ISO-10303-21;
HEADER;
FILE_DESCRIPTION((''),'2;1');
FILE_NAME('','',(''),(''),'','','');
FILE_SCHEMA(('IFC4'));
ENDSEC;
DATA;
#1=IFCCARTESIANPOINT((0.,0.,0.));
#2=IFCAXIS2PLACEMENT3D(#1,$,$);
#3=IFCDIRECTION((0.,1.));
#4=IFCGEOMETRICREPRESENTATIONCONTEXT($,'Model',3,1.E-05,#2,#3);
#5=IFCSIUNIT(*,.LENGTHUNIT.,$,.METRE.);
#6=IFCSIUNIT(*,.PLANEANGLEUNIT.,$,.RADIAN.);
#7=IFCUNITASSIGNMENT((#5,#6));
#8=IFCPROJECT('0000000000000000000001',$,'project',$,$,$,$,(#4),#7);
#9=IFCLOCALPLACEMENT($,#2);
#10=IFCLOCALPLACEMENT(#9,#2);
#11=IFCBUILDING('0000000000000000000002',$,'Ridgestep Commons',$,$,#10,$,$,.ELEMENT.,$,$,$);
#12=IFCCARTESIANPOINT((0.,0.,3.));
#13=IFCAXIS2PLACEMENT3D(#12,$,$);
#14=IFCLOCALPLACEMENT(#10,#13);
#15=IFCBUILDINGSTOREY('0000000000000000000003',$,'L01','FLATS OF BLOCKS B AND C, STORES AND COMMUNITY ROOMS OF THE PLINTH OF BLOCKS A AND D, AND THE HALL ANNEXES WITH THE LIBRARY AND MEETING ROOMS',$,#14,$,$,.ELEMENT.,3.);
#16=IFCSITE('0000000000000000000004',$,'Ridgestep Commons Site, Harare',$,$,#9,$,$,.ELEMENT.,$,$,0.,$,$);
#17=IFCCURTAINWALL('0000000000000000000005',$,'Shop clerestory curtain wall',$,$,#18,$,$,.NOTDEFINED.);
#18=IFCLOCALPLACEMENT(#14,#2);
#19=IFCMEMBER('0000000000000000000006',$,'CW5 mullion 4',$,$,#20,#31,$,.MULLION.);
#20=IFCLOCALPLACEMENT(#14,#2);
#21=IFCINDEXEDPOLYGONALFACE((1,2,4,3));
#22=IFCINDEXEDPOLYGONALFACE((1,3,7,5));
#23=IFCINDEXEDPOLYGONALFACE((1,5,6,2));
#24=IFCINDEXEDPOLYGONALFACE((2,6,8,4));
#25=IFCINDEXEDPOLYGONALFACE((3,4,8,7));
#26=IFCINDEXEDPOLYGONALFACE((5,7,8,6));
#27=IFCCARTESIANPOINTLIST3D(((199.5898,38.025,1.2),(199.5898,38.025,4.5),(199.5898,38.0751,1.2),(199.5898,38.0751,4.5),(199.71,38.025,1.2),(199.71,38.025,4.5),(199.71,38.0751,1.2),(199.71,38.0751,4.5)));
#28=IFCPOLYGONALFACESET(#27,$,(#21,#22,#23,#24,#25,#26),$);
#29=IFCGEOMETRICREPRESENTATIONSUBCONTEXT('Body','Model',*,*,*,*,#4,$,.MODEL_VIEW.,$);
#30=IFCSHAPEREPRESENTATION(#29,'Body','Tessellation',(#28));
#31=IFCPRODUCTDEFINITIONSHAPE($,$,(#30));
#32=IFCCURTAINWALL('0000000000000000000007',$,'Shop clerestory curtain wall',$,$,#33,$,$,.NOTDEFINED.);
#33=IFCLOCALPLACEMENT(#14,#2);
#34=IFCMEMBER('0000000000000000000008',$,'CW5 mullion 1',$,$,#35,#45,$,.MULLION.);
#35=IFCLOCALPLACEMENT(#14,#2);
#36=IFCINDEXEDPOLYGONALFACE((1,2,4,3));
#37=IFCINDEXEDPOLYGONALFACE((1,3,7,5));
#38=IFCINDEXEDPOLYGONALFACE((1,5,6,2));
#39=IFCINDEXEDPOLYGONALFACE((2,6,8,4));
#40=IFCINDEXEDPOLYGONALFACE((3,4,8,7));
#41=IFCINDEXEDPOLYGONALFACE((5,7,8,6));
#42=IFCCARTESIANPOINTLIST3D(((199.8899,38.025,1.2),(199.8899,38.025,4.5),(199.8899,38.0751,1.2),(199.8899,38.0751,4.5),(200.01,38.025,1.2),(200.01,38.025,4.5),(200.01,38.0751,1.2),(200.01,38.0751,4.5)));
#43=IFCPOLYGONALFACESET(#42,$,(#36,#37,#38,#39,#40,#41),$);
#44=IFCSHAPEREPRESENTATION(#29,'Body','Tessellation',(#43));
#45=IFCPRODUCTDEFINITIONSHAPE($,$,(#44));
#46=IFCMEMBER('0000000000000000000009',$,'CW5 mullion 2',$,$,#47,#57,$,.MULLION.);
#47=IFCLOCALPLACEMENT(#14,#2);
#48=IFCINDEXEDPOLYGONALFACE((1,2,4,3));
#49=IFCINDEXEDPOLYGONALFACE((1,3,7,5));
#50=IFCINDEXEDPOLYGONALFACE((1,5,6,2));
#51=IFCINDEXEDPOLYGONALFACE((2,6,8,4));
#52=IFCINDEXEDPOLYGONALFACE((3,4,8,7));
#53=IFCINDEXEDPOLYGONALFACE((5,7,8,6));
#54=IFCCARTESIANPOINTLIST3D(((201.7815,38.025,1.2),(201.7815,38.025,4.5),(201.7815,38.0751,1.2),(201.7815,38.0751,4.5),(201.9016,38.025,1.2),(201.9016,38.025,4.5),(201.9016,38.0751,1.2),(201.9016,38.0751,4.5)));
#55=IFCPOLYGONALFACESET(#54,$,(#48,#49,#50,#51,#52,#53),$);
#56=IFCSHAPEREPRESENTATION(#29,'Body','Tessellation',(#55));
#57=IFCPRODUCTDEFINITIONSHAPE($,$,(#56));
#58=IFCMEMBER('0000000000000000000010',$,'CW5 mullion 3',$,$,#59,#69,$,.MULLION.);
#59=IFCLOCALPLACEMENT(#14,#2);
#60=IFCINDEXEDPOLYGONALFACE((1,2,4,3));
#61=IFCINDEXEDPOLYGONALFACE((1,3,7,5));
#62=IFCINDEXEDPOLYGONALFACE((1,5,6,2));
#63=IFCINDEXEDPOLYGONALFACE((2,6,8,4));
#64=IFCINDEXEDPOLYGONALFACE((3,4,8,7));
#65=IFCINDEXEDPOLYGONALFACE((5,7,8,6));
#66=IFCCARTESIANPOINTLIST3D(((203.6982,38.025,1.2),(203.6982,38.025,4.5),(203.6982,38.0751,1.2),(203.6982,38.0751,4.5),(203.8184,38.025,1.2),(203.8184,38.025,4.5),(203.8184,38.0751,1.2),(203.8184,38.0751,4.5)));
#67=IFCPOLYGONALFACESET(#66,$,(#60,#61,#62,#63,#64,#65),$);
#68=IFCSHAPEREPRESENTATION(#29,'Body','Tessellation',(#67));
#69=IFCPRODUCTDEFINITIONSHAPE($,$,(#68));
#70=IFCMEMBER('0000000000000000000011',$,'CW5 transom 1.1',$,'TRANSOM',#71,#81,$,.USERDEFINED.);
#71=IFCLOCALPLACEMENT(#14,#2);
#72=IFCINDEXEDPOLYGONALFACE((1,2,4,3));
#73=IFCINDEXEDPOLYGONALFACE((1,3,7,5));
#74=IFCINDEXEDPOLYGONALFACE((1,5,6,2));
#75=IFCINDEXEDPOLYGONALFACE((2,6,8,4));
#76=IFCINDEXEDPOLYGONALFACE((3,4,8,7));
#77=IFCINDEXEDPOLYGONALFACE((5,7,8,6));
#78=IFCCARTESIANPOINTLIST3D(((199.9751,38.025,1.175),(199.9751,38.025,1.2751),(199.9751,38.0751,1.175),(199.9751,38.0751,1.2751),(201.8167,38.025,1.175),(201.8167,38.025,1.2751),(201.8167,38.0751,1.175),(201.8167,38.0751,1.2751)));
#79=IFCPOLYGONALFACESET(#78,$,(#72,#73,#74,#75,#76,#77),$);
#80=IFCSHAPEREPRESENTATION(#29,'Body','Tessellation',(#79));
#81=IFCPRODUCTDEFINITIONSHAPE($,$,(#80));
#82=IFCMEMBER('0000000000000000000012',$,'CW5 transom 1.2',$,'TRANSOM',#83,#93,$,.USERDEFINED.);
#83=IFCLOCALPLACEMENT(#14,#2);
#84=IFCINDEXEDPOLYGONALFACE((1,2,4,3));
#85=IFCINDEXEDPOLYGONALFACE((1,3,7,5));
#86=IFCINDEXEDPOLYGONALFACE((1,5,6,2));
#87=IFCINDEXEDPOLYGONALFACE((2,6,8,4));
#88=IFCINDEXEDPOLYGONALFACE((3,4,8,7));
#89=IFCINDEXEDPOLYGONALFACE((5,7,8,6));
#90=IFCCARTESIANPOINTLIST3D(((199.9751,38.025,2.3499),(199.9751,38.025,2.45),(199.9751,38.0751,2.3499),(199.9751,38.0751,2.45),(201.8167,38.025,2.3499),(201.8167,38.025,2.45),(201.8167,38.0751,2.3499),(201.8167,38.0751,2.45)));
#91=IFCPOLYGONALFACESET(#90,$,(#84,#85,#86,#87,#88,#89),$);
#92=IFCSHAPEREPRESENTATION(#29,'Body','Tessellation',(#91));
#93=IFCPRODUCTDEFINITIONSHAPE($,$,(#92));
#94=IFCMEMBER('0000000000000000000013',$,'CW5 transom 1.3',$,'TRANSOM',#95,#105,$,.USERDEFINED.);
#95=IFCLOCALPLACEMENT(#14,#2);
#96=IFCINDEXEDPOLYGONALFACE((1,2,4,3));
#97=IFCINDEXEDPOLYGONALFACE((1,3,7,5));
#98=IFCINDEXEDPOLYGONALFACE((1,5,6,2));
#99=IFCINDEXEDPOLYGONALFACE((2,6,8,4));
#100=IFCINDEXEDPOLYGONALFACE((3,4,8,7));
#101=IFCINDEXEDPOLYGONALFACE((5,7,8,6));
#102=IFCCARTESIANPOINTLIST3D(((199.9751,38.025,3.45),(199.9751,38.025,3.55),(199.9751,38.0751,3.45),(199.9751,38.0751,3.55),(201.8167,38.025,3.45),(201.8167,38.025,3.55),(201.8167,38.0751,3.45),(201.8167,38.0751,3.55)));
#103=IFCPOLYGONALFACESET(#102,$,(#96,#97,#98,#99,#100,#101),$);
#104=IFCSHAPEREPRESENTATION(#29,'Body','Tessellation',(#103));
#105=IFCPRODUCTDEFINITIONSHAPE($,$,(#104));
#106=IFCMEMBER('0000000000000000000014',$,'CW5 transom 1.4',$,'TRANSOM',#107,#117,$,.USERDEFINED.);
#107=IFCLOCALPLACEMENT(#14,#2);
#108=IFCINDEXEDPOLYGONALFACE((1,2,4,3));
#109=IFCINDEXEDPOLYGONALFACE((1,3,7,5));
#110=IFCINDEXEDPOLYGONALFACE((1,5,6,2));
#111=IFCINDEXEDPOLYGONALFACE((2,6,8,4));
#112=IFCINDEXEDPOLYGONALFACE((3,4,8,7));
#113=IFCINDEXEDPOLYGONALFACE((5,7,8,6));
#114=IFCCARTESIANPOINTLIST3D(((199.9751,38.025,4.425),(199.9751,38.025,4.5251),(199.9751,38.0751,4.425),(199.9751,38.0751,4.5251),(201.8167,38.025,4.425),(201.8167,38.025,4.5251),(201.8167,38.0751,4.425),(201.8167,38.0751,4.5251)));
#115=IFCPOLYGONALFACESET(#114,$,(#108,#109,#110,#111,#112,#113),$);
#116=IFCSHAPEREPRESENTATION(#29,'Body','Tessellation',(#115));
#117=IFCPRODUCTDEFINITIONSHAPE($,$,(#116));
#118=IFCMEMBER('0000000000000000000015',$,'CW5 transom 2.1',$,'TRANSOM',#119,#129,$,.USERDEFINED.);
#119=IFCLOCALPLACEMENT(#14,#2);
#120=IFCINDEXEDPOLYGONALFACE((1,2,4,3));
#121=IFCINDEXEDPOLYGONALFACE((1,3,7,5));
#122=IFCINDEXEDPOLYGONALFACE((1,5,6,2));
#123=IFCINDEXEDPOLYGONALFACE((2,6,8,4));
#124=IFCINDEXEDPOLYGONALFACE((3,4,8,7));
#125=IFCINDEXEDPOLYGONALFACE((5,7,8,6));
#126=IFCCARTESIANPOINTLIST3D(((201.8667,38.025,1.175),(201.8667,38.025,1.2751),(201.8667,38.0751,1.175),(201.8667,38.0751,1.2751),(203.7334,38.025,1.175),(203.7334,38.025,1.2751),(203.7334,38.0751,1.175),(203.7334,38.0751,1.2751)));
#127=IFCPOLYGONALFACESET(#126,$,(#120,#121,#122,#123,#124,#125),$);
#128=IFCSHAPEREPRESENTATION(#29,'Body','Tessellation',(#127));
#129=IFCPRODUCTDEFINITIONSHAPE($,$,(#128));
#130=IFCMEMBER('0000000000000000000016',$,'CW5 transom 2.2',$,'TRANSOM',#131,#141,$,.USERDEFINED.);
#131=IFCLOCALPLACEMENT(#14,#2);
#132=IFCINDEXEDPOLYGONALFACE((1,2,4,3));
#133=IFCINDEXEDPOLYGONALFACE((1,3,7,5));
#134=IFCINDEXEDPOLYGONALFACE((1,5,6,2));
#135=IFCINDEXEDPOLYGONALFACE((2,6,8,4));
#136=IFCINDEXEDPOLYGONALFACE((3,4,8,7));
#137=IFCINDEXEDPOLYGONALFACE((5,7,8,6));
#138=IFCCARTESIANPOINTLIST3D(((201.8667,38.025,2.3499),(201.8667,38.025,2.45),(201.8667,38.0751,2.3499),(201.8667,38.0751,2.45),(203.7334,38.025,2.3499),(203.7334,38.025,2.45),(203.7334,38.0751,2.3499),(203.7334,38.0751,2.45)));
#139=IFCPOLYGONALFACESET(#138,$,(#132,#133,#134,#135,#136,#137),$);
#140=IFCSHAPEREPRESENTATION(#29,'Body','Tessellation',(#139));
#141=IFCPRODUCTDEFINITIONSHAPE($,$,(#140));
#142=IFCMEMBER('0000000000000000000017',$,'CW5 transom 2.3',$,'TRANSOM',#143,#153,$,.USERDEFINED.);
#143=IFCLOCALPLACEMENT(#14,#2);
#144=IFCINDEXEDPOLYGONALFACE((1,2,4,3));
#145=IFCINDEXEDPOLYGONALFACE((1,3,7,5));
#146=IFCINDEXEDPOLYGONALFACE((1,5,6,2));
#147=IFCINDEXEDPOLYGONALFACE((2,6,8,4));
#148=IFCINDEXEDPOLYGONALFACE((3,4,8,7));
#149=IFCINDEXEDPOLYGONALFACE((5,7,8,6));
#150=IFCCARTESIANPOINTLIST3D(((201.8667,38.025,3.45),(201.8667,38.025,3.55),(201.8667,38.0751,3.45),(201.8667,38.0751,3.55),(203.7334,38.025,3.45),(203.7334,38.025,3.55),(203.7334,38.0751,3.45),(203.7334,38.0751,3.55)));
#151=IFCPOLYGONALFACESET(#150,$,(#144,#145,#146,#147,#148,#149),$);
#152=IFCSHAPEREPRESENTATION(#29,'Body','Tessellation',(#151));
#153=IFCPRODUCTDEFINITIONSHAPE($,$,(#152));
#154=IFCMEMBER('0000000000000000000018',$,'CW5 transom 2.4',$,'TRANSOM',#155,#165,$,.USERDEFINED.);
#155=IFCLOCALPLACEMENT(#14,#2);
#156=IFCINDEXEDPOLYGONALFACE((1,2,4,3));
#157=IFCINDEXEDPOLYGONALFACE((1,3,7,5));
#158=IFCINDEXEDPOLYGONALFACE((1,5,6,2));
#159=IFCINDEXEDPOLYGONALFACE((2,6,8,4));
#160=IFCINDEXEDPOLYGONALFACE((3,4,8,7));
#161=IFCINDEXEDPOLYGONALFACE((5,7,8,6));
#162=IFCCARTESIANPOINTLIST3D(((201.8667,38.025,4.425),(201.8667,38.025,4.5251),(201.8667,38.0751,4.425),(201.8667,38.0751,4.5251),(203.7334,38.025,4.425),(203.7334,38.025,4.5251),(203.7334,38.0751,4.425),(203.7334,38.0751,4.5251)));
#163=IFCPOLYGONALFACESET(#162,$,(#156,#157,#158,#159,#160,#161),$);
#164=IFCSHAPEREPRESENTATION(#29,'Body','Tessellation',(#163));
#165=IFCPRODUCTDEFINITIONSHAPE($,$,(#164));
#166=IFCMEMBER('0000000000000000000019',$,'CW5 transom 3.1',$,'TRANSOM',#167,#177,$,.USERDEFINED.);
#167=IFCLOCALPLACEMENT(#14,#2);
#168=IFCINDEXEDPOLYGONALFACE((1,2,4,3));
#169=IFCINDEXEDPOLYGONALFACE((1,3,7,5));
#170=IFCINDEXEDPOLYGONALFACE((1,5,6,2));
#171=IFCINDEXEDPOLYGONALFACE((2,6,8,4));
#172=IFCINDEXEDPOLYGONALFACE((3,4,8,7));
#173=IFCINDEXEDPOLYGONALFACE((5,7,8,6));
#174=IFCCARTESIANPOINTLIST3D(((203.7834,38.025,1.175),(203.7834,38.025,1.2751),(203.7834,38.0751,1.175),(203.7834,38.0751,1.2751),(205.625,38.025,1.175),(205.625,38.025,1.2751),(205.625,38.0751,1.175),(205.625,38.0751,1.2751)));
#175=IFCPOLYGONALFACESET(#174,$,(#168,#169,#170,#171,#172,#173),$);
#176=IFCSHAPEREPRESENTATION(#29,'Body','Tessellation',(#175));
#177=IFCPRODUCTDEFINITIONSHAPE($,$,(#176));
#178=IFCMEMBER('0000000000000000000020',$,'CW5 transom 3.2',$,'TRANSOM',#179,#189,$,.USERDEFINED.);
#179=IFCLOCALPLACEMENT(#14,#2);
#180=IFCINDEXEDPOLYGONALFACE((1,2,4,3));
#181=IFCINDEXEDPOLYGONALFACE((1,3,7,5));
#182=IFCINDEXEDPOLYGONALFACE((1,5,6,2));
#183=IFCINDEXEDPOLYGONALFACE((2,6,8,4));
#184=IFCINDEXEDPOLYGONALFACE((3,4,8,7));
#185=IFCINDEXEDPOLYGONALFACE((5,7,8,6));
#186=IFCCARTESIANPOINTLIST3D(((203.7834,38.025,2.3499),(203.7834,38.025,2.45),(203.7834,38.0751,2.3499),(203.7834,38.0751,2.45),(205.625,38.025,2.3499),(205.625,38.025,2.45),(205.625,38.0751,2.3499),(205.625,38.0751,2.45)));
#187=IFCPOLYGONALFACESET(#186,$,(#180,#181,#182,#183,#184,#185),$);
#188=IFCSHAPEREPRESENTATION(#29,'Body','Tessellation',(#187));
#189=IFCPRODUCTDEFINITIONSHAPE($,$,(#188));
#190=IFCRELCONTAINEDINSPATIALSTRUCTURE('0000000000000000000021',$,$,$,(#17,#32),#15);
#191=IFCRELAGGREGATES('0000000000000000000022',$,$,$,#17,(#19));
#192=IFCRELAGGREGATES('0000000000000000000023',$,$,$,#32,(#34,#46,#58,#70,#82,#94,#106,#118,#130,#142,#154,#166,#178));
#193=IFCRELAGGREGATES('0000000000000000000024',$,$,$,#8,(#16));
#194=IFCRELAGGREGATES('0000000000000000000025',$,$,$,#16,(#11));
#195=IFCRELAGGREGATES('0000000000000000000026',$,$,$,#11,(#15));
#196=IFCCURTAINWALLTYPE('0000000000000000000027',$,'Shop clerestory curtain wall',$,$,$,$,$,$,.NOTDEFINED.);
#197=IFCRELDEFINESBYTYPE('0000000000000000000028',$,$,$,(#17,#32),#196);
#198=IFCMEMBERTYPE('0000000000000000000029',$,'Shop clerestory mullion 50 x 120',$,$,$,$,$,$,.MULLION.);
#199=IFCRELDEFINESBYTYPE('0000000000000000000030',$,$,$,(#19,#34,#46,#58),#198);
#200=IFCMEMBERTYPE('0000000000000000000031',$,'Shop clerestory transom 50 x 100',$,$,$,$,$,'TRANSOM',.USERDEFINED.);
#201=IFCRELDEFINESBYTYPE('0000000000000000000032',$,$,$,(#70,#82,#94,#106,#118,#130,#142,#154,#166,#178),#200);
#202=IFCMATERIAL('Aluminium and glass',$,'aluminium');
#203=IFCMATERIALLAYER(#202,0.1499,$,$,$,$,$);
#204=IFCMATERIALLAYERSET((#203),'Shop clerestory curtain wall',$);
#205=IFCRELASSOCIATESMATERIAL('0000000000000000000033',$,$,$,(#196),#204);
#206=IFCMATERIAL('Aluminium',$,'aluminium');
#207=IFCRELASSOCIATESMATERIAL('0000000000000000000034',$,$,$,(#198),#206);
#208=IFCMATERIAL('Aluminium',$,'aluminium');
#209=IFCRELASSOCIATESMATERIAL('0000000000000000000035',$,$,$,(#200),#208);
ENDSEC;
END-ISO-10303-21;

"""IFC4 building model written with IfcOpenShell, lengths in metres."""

from ifc_helpers import new_model, si_unit, direction, frame, origin, origin_2d, place, context, subcontext, project, spatial, rectangle, extrude, material, layer, layer_set, material_profile, profile_set, type_object, element, aggregate, save


model = new_model("IFC4")

# Units and contexts
model_context = context("Model", 3, precision=1e-05, world=origin(), true_north=direction((0.0, 1.0)))
body_context = subcontext(model_context, "Body", "Model", "MODEL_VIEW")
ifc_project = project(units=[si_unit("LENGTHUNIT", "METRE"), si_unit("PLANEANGLEUNIT", "RADIAN")], contexts=[model_context])

# Site, building, storey
site_placement = place(None, origin())
site = spatial("IfcSite", under=ifc_project, at=site_placement, Name="Ridgestep Commons Site, Harare", CompositionType="ELEMENT", RefElevation=0.0)
building_placement = place(site_placement, origin())
building = spatial("IfcBuilding", under=site, at=building_placement, Name="Ridgestep Commons", CompositionType="ELEMENT")
storey_placement = place(building_placement, frame((0.0, 0.0, 3.0)))
storey = spatial("IfcBuildingStorey", under=building, at=storey_placement, Name="L01", Description="FLATS OF BLOCKS B AND C, STORES AND COMMUNITY ROOMS OF THE PLINTH OF BLOCKS A AND D, AND THE HALL ANNEXES WITH THE LIBRARY AND MEETING ROOMS", CompositionType="ELEMENT", Elevation=3.0)

# Curtain wall, member
ifc_material_1 = material(Name="Aluminium and glass", Category="aluminium")
ifc_layer_1 = layer(ifc_material_1, 0.1499)
ifc_layer_set_1 = layer_set([ifc_layer_1], Name="Shop clerestory curtain wall")
curtain_wall_type = type_object("IfcCurtainWallType", Name="Shop clerestory curtain wall", PredefinedType="NOTDEFINED", material=ifc_layer_set_1)
curtain_wall_1_placement = place(storey_placement, origin())
curtain_wall_1 = element("IfcCurtainWall", 1, at=curtain_wall_1_placement, inside=storey, type_object=curtain_wall_type, Name="Shop clerestory curtain wall", PredefinedType="NOTDEFINED")
ifc_material_2 = material(Name="Aluminium", Category="aluminium")
ifc_material_profile_1 = material_profile(ifc_material_2, rectangle(XDim=0.05, YDim=0.1201, at=origin_2d()), Name="Shop clerestory mullion 50 x 120")
ifc_profile_set_1 = profile_set([ifc_material_profile_1], Name="Aluminium")
member_type_1 = type_object("IfcMemberType", Name="Shop clerestory mullion 50 x 120", PredefinedType="MULLION", material=ifc_profile_set_1)
member_1_placement = place(storey_placement, frame((199.6499, 38.05, 1.2), z_axis=(0.0, 0.0, 1.0), x_axis=(0.0, 1.0, 0.0)))
member_1 = element("IfcMember", 2, at=member_1_placement, type_object=member_type_1, Name="CW5 mullion 4", PredefinedType="MULLION", context=body_context, shape_type="SweptSolid", body=[
    extrude(rectangle(XDim=0.05, YDim=0.1201, at=origin_2d()), origin(), (0.0, 0.0, 1.0), 3.3),
])

# Curtain wall, members
curtain_wall_2_placement = place(storey_placement, origin())
curtain_wall_2 = element("IfcCurtainWall", 3, at=curtain_wall_2_placement, inside=storey, type_object=curtain_wall_type, Name="Shop clerestory curtain wall", PredefinedType="NOTDEFINED")
member_2_placement = place(storey_placement, frame((199.95, 38.05, 1.2), z_axis=(0.0, 0.0, 1.0), x_axis=(0.0, 1.0, 0.0)))
member_2 = element("IfcMember", 4, at=member_2_placement, type_object=member_type_1, Name="CW5 mullion 1", PredefinedType="MULLION", context=body_context, shape_type="SweptSolid", body=[
    extrude(rectangle(XDim=0.05, YDim=0.1201, at=origin_2d()), origin(), (0.0, 0.0, 1.0), 3.3),
])
member_3_placement = place(storey_placement, frame((201.8416, 38.05, 1.2), z_axis=(0.0, 0.0, 1.0), x_axis=(0.0, 1.0, 0.0)))
member_3 = element("IfcMember", 5, at=member_3_placement, type_object=member_type_1, Name="CW5 mullion 2", PredefinedType="MULLION", context=body_context, shape_type="SweptSolid", body=[
    extrude(rectangle(XDim=0.05, YDim=0.1201, at=origin_2d()), origin(), (0.0, 0.0, 1.0), 3.3),
])
member_4_placement = place(storey_placement, frame((203.7583, 38.05, 1.2), z_axis=(0.0, 0.0, 1.0), x_axis=(0.0, 1.0, 0.0)))
member_4 = element("IfcMember", 6, at=member_4_placement, type_object=member_type_1, Name="CW5 mullion 3", PredefinedType="MULLION", context=body_context, shape_type="SweptSolid", body=[
    extrude(rectangle(XDim=0.05, YDim=0.1201, at=origin_2d()), origin(), (0.0, 0.0, 1.0), 3.3),
])
ifc_material_3 = material(Name="Aluminium", Category="aluminium")
ifc_material_profile_2 = material_profile(ifc_material_3, rectangle(XDim=0.05, YDim=0.1001, at=origin_2d()), Name="Shop clerestory transom 50 x 100")
ifc_profile_set_2 = profile_set([ifc_material_profile_2], Name="Aluminium")
member_type_2 = type_object("IfcMemberType", Name="Shop clerestory transom 50 x 100", ElementType="TRANSOM", PredefinedType="USERDEFINED", material=ifc_profile_set_2)
member_5_placement = place(storey_placement, frame((199.9751, 38.05, 1.2251), z_axis=(1.0, 0.0, 0.0), x_axis=(0.0, 1.0, 0.0)))
member_5 = element("IfcMember", 7, at=member_5_placement, type_object=member_type_2, Name="CW5 transom 1.1", ObjectType="TRANSOM", PredefinedType="USERDEFINED", context=body_context, shape_type="SweptSolid", body=[
    extrude(rectangle(XDim=0.05, YDim=0.1001, at=origin_2d()), origin(), (0.0, 0.0, 1.0), 1.8416),
])
member_6_placement = place(storey_placement, frame((199.9751, 38.05, 2.3999), z_axis=(1.0, 0.0, 0.0), x_axis=(0.0, 1.0, 0.0)))
member_6 = element("IfcMember", 8, at=member_6_placement, type_object=member_type_2, Name="CW5 transom 1.2", ObjectType="TRANSOM", PredefinedType="USERDEFINED", context=body_context, shape_type="SweptSolid", body=[
    extrude(rectangle(XDim=0.05, YDim=0.1001, at=origin_2d()), origin(), (0.0, 0.0, 1.0), 1.8416),
])
member_7_placement = place(storey_placement, frame((199.9751, 38.05, 3.5), z_axis=(1.0, 0.0, 0.0), x_axis=(0.0, 1.0, 0.0)))
member_7 = element("IfcMember", 9, at=member_7_placement, type_object=member_type_2, Name="CW5 transom 1.3", ObjectType="TRANSOM", PredefinedType="USERDEFINED", context=body_context, shape_type="SweptSolid", body=[
    extrude(rectangle(XDim=0.05, YDim=0.1001, at=origin_2d()), origin(), (0.0, 0.0, 1.0), 1.8416),
])
member_8_placement = place(storey_placement, frame((199.9751, 38.05, 4.4751), z_axis=(1.0, 0.0, 0.0), x_axis=(0.0, 1.0, 0.0)))
member_8 = element("IfcMember", 10, at=member_8_placement, type_object=member_type_2, Name="CW5 transom 1.4", ObjectType="TRANSOM", PredefinedType="USERDEFINED", context=body_context, shape_type="SweptSolid", body=[
    extrude(rectangle(XDim=0.05, YDim=0.1001, at=origin_2d()), origin(), (0.0, 0.0, 1.0), 1.8416),
])
member_9_placement = place(storey_placement, frame((201.8667, 38.05, 1.2251), z_axis=(1.0, 0.0, 0.0), x_axis=(0.0, 1.0, 0.0)))
member_9 = element("IfcMember", 11, at=member_9_placement, type_object=member_type_2, Name="CW5 transom 2.1", ObjectType="TRANSOM", PredefinedType="USERDEFINED", context=body_context, shape_type="SweptSolid", body=[
    extrude(rectangle(XDim=0.05, YDim=0.1001, at=origin_2d()), origin(), (0.0, 0.0, 1.0), 1.8667),
])
member_10_placement = place(storey_placement, frame((201.8667, 38.05, 2.3999), z_axis=(1.0, 0.0, 0.0), x_axis=(0.0, 1.0, 0.0)))
member_10 = element("IfcMember", 12, at=member_10_placement, type_object=member_type_2, Name="CW5 transom 2.2", ObjectType="TRANSOM", PredefinedType="USERDEFINED", context=body_context, shape_type="SweptSolid", body=[
    extrude(rectangle(XDim=0.05, YDim=0.1001, at=origin_2d()), origin(), (0.0, 0.0, 1.0), 1.8667),
])
member_11_placement = place(storey_placement, frame((201.8667, 38.05, 3.5), z_axis=(1.0, 0.0, 0.0), x_axis=(0.0, 1.0, 0.0)))
member_11 = element("IfcMember", 13, at=member_11_placement, type_object=member_type_2, Name="CW5 transom 2.3", ObjectType="TRANSOM", PredefinedType="USERDEFINED", context=body_context, shape_type="SweptSolid", body=[
    extrude(rectangle(XDim=0.05, YDim=0.1001, at=origin_2d()), origin(), (0.0, 0.0, 1.0), 1.8667),
])
member_12_placement = place(storey_placement, frame((201.8667, 38.05, 4.4751), z_axis=(1.0, 0.0, 0.0), x_axis=(0.0, 1.0, 0.0)))
member_12 = element("IfcMember", 14, at=member_12_placement, type_object=member_type_2, Name="CW5 transom 2.4", ObjectType="TRANSOM", PredefinedType="USERDEFINED", context=body_context, shape_type="SweptSolid", body=[
    extrude(rectangle(XDim=0.05, YDim=0.1001, at=origin_2d()), origin(), (0.0, 0.0, 1.0), 1.8667),
])
member_13_placement = place(storey_placement, frame((203.7834, 38.05, 1.2251), z_axis=(1.0, 0.0, 0.0), x_axis=(0.0, 1.0, 0.0)))
member_13 = element("IfcMember", 15, at=member_13_placement, type_object=member_type_2, Name="CW5 transom 3.1", ObjectType="TRANSOM", PredefinedType="USERDEFINED", context=body_context, shape_type="SweptSolid", body=[
    extrude(rectangle(XDim=0.05, YDim=0.1001, at=origin_2d()), origin(), (0.0, 0.0, 1.0), 1.8416),
])
member_14_placement = place(storey_placement, frame((203.7834, 38.05, 2.3999), z_axis=(1.0, 0.0, 0.0), x_axis=(0.0, 1.0, 0.0)))
member_14 = element("IfcMember", 16, at=member_14_placement, type_object=member_type_2, Name="CW5 transom 3.2", ObjectType="TRANSOM", PredefinedType="USERDEFINED", context=body_context, shape_type="SweptSolid", body=[
    extrude(rectangle(XDim=0.05, YDim=0.1001, at=origin_2d()), origin(), (0.0, 0.0, 1.0), 1.8416),
])

aggregate(curtain_wall_1, [member_1])
aggregate(curtain_wall_2, [member_2, member_3, member_4, member_5, member_6, member_7, member_8, member_9, member_10, member_11, member_12, member_13, member_14])

save(model, "model.ifc")
